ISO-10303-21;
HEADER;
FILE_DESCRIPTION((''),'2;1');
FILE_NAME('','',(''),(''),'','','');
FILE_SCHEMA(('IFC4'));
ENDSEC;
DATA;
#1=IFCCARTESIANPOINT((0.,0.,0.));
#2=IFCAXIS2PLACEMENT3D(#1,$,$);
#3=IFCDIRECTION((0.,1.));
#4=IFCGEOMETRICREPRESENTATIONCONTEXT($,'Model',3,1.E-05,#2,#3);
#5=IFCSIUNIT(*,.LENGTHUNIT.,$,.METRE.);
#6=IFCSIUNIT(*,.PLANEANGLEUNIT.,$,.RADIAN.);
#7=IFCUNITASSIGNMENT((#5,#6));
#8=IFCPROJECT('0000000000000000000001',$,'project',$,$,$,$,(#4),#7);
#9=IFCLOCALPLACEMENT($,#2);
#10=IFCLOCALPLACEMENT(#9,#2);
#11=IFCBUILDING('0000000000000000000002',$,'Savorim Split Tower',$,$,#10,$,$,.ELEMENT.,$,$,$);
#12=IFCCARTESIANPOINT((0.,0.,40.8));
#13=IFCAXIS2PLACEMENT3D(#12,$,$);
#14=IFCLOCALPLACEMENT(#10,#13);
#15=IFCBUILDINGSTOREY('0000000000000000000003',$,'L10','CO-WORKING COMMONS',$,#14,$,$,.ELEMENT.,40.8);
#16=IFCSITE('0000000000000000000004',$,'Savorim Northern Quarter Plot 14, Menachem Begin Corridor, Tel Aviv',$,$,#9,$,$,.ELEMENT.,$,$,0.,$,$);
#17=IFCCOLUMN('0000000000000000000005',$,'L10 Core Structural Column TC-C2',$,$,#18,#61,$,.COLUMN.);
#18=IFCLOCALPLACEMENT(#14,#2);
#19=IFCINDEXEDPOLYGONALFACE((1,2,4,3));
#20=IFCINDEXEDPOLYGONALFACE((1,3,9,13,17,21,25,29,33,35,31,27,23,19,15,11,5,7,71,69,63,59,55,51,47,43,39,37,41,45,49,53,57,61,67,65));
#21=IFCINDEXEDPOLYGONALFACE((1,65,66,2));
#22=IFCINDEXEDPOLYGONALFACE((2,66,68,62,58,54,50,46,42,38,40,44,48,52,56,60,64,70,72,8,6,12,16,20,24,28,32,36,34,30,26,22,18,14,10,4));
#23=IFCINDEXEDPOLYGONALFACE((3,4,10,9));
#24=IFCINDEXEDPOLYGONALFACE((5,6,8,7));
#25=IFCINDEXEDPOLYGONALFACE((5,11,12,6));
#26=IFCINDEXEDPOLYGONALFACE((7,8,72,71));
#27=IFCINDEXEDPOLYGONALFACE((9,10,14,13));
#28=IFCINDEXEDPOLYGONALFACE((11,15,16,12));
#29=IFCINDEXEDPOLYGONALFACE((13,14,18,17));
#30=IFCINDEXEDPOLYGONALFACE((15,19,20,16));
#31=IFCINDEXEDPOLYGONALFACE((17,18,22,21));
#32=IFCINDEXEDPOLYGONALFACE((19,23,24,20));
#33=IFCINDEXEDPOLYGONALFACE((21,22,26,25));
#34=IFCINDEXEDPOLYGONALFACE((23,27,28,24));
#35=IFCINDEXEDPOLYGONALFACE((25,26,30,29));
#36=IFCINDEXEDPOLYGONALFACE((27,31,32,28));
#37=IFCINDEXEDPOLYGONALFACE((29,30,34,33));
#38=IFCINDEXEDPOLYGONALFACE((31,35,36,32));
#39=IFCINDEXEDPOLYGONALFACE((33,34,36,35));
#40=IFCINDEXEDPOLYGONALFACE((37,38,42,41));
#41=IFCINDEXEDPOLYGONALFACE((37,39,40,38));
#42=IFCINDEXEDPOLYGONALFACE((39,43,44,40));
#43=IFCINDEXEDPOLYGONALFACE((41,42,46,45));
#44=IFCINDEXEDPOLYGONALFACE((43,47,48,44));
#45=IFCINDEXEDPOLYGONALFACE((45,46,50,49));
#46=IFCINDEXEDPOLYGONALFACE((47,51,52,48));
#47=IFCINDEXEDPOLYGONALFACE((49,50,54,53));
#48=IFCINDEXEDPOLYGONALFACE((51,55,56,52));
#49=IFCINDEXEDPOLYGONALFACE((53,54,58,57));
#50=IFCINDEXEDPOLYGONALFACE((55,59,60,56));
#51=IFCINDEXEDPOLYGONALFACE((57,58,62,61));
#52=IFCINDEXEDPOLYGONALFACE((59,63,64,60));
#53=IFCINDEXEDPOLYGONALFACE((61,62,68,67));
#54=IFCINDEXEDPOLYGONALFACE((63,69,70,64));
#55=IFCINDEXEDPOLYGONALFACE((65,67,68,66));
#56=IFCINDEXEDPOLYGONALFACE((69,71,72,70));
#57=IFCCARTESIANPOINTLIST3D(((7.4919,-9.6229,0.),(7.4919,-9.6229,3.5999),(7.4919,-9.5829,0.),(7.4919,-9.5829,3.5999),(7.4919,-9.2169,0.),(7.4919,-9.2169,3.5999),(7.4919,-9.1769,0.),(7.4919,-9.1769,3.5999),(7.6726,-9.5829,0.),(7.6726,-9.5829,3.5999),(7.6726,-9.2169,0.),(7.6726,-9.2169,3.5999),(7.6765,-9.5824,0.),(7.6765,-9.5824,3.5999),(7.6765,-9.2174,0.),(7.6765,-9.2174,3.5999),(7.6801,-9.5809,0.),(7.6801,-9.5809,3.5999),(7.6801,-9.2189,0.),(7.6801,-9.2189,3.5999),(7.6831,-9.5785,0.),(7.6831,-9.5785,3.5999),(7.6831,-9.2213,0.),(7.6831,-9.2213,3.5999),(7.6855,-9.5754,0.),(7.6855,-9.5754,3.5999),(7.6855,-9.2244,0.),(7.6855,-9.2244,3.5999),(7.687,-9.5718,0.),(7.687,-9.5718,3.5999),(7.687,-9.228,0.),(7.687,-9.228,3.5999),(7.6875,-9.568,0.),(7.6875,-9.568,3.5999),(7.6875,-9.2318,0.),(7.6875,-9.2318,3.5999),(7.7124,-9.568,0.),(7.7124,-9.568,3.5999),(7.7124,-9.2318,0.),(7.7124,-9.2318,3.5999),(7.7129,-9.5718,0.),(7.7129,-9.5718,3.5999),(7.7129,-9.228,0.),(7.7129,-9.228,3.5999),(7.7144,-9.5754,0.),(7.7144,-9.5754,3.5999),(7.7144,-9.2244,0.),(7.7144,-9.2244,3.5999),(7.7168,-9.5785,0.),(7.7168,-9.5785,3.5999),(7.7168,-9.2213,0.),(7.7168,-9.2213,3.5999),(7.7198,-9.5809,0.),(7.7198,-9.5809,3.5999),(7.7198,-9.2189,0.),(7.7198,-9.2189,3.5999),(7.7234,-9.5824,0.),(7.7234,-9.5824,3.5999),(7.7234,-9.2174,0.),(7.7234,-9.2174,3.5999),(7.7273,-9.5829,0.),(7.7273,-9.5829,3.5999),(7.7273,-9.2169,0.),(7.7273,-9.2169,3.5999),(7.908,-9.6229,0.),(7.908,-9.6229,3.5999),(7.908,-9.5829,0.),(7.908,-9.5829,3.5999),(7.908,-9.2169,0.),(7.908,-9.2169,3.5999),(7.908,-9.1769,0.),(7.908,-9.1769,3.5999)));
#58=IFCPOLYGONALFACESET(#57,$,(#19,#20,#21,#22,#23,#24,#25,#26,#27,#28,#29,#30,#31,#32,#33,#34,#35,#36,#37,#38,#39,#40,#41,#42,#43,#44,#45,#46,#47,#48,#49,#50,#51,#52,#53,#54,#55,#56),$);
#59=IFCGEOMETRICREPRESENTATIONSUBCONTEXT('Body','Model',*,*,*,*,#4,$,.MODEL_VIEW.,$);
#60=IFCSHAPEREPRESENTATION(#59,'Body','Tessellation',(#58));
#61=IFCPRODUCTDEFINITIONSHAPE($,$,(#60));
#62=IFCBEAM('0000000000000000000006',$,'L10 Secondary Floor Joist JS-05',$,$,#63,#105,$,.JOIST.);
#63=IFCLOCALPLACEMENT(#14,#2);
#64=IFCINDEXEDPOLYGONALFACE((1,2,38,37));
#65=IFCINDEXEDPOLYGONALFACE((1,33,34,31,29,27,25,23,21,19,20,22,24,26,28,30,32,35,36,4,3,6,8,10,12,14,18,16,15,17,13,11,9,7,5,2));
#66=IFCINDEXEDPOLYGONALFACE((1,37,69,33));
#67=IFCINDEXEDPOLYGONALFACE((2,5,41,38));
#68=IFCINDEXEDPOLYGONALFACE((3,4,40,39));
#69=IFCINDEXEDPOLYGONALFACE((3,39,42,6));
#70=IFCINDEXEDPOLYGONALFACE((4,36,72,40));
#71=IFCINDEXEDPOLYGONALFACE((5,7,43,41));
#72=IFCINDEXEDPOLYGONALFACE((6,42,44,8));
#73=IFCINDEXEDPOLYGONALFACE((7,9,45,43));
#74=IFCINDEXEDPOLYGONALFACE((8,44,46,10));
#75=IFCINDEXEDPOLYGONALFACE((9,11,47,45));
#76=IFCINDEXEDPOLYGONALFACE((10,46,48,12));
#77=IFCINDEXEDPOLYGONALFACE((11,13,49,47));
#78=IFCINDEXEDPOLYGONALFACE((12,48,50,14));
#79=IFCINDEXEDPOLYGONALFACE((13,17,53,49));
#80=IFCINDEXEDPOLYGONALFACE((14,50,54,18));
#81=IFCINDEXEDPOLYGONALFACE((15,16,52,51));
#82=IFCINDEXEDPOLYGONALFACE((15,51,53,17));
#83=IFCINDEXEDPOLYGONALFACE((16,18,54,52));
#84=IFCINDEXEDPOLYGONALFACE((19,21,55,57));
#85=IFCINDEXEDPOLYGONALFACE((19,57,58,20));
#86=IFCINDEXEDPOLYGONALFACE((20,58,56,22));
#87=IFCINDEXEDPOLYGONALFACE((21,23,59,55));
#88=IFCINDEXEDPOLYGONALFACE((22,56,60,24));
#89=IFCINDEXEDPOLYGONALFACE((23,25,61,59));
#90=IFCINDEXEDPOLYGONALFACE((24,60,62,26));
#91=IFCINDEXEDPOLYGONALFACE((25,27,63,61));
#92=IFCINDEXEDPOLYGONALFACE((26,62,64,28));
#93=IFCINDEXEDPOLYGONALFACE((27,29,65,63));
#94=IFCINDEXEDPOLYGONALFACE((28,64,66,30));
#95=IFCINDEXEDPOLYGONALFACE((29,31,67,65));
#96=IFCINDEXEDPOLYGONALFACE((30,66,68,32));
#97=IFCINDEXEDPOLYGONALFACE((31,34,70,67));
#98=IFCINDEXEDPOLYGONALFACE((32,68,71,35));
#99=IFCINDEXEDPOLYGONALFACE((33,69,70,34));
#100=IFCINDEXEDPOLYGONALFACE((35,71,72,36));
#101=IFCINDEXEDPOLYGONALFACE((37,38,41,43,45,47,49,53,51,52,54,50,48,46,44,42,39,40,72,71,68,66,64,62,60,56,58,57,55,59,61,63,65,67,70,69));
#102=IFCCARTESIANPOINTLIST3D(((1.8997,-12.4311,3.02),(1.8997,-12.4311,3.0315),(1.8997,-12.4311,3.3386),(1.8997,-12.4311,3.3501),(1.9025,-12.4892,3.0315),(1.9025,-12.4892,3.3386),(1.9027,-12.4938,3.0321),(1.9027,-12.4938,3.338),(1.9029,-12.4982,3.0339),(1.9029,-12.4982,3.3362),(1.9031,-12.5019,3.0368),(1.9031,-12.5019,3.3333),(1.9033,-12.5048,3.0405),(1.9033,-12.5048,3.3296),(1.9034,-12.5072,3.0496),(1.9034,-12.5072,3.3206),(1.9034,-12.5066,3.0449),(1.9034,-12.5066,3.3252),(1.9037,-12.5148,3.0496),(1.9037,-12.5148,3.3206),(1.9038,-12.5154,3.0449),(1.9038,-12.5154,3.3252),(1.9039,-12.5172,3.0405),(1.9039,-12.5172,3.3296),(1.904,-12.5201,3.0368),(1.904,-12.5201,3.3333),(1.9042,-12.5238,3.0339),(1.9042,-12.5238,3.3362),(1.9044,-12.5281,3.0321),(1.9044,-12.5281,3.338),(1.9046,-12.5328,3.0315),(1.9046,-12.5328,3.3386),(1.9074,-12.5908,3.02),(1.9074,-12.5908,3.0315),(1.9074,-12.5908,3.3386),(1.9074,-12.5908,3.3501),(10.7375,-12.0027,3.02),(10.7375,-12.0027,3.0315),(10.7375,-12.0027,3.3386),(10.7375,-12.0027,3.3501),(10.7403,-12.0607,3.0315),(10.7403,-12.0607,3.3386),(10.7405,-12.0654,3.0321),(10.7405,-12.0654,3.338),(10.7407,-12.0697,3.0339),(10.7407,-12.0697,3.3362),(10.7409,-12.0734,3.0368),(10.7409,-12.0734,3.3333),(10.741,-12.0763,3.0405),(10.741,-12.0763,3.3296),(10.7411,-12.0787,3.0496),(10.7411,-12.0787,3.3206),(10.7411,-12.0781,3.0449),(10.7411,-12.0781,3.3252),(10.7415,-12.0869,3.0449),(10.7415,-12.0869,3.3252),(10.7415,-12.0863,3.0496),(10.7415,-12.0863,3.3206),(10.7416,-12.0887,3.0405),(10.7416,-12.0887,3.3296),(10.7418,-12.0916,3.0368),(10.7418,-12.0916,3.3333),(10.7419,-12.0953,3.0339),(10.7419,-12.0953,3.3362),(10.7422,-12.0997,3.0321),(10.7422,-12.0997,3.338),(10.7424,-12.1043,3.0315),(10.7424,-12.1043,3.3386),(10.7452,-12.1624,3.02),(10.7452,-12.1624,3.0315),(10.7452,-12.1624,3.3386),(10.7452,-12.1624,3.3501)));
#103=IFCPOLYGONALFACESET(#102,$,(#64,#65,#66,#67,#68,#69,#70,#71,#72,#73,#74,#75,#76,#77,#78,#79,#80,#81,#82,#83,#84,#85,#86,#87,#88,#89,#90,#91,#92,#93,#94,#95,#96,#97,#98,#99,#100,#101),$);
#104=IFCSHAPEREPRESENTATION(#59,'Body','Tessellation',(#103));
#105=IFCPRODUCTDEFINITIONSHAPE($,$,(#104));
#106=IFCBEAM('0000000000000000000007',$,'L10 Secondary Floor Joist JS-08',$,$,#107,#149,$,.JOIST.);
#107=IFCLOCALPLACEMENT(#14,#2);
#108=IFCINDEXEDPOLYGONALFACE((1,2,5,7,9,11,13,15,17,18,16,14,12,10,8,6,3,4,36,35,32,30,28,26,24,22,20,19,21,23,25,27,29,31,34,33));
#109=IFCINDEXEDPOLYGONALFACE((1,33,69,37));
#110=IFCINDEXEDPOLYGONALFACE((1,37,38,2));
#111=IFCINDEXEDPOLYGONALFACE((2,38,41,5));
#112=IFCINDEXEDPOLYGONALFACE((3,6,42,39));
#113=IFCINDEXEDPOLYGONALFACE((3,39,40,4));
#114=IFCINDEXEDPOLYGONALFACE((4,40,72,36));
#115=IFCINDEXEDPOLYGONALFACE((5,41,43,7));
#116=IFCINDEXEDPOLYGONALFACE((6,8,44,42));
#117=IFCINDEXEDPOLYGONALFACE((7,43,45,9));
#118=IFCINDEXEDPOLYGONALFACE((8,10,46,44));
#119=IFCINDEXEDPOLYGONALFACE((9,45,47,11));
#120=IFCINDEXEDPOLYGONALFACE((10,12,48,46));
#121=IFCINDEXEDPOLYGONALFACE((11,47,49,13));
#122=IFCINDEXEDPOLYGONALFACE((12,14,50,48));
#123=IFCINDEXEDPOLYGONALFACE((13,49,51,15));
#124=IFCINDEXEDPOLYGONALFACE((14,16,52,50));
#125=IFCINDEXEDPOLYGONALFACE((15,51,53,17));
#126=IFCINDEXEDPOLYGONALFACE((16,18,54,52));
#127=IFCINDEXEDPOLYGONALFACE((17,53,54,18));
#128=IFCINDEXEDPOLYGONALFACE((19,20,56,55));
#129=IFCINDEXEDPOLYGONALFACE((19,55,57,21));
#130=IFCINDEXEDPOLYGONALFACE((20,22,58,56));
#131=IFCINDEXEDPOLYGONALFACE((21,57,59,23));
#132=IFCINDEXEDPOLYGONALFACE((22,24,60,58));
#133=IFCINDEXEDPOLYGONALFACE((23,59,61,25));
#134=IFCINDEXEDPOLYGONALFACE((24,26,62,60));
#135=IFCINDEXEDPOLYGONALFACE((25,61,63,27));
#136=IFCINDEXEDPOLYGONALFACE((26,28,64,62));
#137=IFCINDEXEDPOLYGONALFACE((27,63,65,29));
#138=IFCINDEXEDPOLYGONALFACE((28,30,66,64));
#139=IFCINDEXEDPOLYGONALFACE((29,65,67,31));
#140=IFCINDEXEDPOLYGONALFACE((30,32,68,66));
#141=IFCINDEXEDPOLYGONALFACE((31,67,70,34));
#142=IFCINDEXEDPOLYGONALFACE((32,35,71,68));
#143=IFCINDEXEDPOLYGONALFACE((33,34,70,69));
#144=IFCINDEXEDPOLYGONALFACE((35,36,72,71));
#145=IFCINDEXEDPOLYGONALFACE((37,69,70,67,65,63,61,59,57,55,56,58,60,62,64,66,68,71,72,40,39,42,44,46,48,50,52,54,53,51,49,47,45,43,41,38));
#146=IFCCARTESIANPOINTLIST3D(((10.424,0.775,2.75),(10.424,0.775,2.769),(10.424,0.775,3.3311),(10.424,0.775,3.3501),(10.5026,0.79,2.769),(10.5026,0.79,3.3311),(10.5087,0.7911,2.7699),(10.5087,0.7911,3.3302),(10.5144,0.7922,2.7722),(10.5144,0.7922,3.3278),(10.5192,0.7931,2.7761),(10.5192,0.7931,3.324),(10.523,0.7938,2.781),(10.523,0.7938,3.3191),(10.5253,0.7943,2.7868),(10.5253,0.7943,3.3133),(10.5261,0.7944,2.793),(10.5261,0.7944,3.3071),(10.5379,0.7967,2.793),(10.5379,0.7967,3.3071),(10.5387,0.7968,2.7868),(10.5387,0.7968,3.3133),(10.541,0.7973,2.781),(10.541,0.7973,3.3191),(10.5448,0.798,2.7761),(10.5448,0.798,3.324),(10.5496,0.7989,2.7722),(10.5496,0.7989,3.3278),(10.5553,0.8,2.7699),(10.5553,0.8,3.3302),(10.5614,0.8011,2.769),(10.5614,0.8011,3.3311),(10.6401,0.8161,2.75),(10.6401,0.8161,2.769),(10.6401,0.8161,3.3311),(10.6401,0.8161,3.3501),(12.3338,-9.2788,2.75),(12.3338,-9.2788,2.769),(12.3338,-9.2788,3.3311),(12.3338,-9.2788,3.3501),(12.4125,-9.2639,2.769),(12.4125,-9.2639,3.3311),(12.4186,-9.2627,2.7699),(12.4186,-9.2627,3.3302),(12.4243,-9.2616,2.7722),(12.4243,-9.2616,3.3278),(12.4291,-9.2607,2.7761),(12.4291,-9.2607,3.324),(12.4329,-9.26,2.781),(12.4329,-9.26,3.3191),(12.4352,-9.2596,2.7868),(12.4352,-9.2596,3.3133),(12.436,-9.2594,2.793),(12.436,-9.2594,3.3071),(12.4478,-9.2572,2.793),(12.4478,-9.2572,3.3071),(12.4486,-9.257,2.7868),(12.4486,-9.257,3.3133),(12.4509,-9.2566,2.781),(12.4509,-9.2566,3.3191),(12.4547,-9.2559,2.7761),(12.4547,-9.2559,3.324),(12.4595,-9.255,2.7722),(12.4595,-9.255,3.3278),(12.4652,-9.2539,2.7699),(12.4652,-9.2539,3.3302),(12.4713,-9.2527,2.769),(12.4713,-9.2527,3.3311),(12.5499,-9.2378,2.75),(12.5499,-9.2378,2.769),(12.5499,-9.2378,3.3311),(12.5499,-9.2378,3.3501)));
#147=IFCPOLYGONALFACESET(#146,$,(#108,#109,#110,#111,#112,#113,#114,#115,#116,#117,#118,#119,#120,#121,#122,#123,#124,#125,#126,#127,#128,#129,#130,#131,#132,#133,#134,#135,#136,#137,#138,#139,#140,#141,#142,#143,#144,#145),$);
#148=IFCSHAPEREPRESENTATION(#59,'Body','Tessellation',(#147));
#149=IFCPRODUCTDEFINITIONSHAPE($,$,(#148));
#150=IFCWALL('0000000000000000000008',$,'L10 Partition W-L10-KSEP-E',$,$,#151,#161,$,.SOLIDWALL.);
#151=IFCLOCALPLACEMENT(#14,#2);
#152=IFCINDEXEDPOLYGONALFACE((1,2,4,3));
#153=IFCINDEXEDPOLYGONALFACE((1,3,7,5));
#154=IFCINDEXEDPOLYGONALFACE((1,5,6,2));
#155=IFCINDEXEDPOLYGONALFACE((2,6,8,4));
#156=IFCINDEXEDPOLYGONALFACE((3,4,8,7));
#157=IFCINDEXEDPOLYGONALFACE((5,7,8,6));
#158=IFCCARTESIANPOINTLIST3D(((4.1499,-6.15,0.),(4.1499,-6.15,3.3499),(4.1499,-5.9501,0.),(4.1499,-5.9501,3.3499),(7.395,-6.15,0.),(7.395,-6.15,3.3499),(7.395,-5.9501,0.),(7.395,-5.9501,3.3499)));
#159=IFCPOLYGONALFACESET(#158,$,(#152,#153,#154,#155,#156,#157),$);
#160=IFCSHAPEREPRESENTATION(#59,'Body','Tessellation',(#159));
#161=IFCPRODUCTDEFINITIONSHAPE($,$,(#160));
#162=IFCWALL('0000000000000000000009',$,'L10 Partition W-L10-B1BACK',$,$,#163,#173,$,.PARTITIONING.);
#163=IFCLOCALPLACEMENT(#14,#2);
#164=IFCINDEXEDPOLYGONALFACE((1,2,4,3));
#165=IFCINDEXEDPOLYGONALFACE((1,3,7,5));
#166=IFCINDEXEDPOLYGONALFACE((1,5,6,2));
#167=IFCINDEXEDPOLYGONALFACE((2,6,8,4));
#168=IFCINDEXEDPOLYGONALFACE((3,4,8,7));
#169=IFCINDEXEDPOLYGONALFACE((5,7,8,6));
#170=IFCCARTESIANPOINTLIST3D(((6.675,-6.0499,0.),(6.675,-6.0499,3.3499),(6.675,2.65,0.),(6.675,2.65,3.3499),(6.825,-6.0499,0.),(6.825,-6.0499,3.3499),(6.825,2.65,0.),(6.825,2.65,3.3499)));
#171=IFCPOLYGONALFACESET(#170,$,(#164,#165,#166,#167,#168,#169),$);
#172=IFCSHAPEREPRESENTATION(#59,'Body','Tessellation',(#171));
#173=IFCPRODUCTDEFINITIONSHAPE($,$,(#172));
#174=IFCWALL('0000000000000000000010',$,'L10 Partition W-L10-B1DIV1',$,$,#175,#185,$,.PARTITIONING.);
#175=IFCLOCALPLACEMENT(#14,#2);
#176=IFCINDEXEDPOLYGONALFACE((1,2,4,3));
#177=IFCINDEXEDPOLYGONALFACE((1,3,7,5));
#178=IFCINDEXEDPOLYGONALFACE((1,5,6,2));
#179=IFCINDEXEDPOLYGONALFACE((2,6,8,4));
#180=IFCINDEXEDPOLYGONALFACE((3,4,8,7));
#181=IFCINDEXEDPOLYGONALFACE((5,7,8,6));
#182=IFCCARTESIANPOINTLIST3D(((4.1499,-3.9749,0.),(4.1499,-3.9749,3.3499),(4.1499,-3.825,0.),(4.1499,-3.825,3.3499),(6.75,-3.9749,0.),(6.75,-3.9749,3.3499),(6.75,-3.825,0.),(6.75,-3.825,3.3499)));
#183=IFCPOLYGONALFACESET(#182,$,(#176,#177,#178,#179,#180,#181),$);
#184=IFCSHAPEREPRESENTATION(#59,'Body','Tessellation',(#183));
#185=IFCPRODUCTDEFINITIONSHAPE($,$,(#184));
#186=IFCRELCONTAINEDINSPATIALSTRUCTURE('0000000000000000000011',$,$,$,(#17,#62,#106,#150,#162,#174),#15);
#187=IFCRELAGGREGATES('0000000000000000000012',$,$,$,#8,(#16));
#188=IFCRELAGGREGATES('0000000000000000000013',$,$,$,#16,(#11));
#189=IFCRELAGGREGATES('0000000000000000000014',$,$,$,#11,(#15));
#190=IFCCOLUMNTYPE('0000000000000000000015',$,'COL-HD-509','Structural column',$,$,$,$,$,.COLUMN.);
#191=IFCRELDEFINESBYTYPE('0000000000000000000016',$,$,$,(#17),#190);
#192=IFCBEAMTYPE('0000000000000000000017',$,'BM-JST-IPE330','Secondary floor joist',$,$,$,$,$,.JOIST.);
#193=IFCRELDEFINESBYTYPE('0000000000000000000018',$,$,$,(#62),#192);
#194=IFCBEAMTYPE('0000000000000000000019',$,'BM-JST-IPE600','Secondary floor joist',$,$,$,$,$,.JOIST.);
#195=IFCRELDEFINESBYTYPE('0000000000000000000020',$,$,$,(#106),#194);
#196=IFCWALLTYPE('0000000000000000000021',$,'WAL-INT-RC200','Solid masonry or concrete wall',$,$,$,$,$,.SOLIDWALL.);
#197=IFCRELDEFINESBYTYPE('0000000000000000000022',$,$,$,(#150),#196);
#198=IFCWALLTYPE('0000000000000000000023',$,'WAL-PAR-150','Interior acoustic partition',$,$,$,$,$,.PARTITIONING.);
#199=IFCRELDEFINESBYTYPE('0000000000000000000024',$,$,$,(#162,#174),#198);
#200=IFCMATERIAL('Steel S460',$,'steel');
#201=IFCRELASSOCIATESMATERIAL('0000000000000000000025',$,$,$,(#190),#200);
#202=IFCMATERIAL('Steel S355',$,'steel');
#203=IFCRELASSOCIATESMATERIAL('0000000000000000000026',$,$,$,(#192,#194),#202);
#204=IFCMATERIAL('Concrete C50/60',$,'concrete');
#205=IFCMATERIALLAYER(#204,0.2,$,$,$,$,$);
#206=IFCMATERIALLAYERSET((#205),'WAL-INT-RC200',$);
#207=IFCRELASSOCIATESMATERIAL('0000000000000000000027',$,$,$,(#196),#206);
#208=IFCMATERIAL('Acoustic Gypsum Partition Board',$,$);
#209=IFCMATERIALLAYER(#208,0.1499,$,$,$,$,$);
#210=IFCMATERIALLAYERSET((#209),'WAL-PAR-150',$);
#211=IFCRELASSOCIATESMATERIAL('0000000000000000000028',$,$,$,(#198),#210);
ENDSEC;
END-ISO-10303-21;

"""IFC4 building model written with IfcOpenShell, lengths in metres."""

from ifc_helpers import new_model, si_unit, direction, frame, frame_2d, origin, origin_2d, place, context, subcontext, project, spatial, rectangle, i_section, extrude, material, layer, layer_set, material_profile, profile_set, type_object, element, save


model = new_model("IFC4")

# Units and contexts
model_context = context("Model", 3, precision=1e-05, world=origin(), true_north=direction((0.0, 1.0)))
body_context = subcontext(model_context, "Body", "Model", "MODEL_VIEW")
ifc_project = project(units=[si_unit("LENGTHUNIT", "METRE"), si_unit("PLANEANGLEUNIT", "RADIAN")], contexts=[model_context])

# Site, building, storey
site_placement = place(None, origin())
site = spatial("IfcSite", under=ifc_project, at=site_placement, Name="Savorim Northern Quarter Plot 14, Menachem Begin Corridor, Tel Aviv", CompositionType="ELEMENT", RefElevation=0.0)
building_placement = place(site_placement, origin())
building = spatial("IfcBuilding", under=site, at=building_placement, Name="Savorim Split Tower", CompositionType="ELEMENT")
storey_placement = place(building_placement, frame((0.0, 0.0, 40.8)))
storey = spatial("IfcBuildingStorey", under=building, at=storey_placement, Name="L10", Description="CO-WORKING COMMONS", CompositionType="ELEMENT", Elevation=40.8)

# Column
ifc_material_1 = material(Name="Steel S460", Category="steel")
ifc_material_profile_1 = material_profile(ifc_material_1, i_section(OverallWidth=0.416, OverallDepth=0.446, WebThickness=0.0249, FlangeThickness=0.04, FilletRadius=0.0149, at=origin_2d()), Name="HD 400x509")
ifc_profile_set_1 = profile_set([ifc_material_profile_1], Name="Steel S460")
column_type = type_object("IfcColumnType", Name="COL-HD-509", Description="Structural column", PredefinedType="COLUMN", material=ifc_profile_set_1)
column_placement = place(storey_placement, frame((7.7, -9.3999, 0.0), z_axis=(0.0, 0.0, 1.0), x_axis=(1.0, 0.0, 0.0)))
element("IfcColumn", 1, at=column_placement, inside=storey, type_object=column_type, Name="L10 Core Structural Column TC-C2", PredefinedType="COLUMN", context=body_context, shape_type="SweptSolid", body=[
    extrude(i_section(OverallWidth=0.416, OverallDepth=0.446, WebThickness=0.0249, FlangeThickness=0.04, FilletRadius=0.0149, at=origin_2d()), origin(), (0.0, 0.0, 1.0), 3.5999),
])

# Beams
ifc_material_2 = material(Name="Steel S355", Category="steel")
ifc_material_profile_2 = material_profile(ifc_material_2, i_section(OverallWidth=0.1599, OverallDepth=0.3301, WebThickness=0.0076, FlangeThickness=0.0115, FilletRadius=0.0181, at=origin_2d()), Name="IPE 330")
ifc_profile_set_2 = profile_set([ifc_material_profile_2], Name="Steel S355")
beam_type_1 = type_object("IfcBeamType", Name="BM-JST-IPE330", Description="Secondary floor joist", PredefinedType="JOIST", material=ifc_profile_set_2)
beam_1_placement = place(storey_placement, frame((1.9036, -12.511, 3.1851), z_axis=(0.998827, 0.048425, 0.0), x_axis=(-0.048425, 0.998827, 0.0)))
element("IfcBeam", 2, at=beam_1_placement, inside=storey, type_object=beam_type_1, Name="L10 Secondary Floor Joist JS-05", PredefinedType="JOIST", context=body_context, shape_type="SweptSolid", body=[
    extrude(i_section(OverallWidth=0.1599, OverallDepth=0.3301, WebThickness=0.0076, FlangeThickness=0.0115, FilletRadius=0.0181, at=origin_2d()), origin(), (0.0, 0.0, 1.0), 8.8481),
])
ifc_material_profile_3 = material_profile(ifc_material_2, i_section(OverallWidth=0.22, OverallDepth=0.6001, WebThickness=0.012, FlangeThickness=0.019, FilletRadius=0.0239, at=origin_2d()), Name="IPE 600")
ifc_profile_set_3 = profile_set([ifc_material_profile_3], Name="Steel S355")
beam_type_2 = type_object("IfcBeamType", Name="BM-JST-IPE600", Description="Secondary floor joist", PredefinedType="JOIST", material=ifc_profile_set_3)
beam_2_placement = place(storey_placement, frame((12.4419, -9.2583, 3.05), z_axis=(-0.186629, 0.982431, 0.0), x_axis=(-0.982431, -0.186629, 0.0)))
element("IfcBeam", 3, at=beam_2_placement, inside=storey, type_object=beam_type_2, Name="L10 Secondary Floor Joist JS-08", PredefinedType="JOIST", context=body_context, shape_type="SweptSolid", body=[
    extrude(i_section(OverallWidth=0.22, OverallDepth=0.6001, WebThickness=0.012, FlangeThickness=0.019, FilletRadius=0.0239, at=origin_2d()), origin(), (0.0, 0.0, 1.0), 10.2336),
])

# Shared definitions
ifc_material_3 = material(Name="Concrete C50/60", Category="concrete")
ifc_layer_1 = layer(ifc_material_3, 0.2)
ifc_layer_set_1 = layer_set([ifc_layer_1], Name="WAL-INT-RC200")
wall_type_1 = type_object("IfcWallType", Name="WAL-INT-RC200", Description="Solid masonry or concrete wall", PredefinedType="SOLIDWALL", material=ifc_layer_set_1)

# Walls
wall_1_placement = place(storey_placement, frame((4.1499, -6.05, 0.0), z_axis=(0.0, 0.0, 1.0), x_axis=(1.0, 0.0, 0.0)))
element("IfcWall", 4, at=wall_1_placement, inside=storey, type_object=wall_type_1, Name="L10 Partition W-L10-KSEP-E", PredefinedType="SOLIDWALL", context=body_context, shape_type="SweptSolid", body=[
    extrude(rectangle(XDim=3.2451, YDim=0.2, at=frame_2d((1.6226, 0.0))), origin(), (0.0, 0.0, 1.0), 3.3499),
])
ifc_material_4 = material(Name="Acoustic Gypsum Partition Board")
ifc_layer_2 = layer(ifc_material_4, 0.1499)
ifc_layer_set_2 = layer_set([ifc_layer_2], Name="WAL-PAR-150")
wall_type_2 = type_object("IfcWallType", Name="WAL-PAR-150", Description="Interior acoustic partition", PredefinedType="PARTITIONING", material=ifc_layer_set_2)
wall_2_placement = place(storey_placement, frame((6.75, -6.05, 0.0), z_axis=(0.0, 0.0, 1.0), x_axis=(0.0, 1.0, 0.0)))
element("IfcWall", 5, at=wall_2_placement, inside=storey, type_object=wall_type_2, Name="L10 Partition W-L10-B1BACK", PredefinedType="PARTITIONING", context=body_context, shape_type="SweptSolid", body=[
    extrude(rectangle(XDim=8.7, YDim=0.1499, at=frame_2d((4.3501, 0.0))), origin(), (0.0, 0.0, 1.0), 3.3499),
])
for number, where, z_axis, x_axis, name in (
    (6, (4.1499, -3.8999, 0.0), (0.0, 0.0, 1.0), (1.0, 0.0, 0.0), "L10 Partition W-L10-B1DIV1"),
):
    element("IfcWall", number, at=place(storey_placement, frame(where, z_axis=z_axis, x_axis=x_axis)), inside=storey, type_object=wall_type_2, Name=name, PredefinedType="PARTITIONING", context=body_context, shape_type="SweptSolid", body=[
        extrude(rectangle(XDim=2.6001, YDim=0.1499, at=frame_2d((1.3, 0.0))), origin(), (0.0, 0.0, 1.0), 3.3499),
    ])

save(model, "model.ifc")
